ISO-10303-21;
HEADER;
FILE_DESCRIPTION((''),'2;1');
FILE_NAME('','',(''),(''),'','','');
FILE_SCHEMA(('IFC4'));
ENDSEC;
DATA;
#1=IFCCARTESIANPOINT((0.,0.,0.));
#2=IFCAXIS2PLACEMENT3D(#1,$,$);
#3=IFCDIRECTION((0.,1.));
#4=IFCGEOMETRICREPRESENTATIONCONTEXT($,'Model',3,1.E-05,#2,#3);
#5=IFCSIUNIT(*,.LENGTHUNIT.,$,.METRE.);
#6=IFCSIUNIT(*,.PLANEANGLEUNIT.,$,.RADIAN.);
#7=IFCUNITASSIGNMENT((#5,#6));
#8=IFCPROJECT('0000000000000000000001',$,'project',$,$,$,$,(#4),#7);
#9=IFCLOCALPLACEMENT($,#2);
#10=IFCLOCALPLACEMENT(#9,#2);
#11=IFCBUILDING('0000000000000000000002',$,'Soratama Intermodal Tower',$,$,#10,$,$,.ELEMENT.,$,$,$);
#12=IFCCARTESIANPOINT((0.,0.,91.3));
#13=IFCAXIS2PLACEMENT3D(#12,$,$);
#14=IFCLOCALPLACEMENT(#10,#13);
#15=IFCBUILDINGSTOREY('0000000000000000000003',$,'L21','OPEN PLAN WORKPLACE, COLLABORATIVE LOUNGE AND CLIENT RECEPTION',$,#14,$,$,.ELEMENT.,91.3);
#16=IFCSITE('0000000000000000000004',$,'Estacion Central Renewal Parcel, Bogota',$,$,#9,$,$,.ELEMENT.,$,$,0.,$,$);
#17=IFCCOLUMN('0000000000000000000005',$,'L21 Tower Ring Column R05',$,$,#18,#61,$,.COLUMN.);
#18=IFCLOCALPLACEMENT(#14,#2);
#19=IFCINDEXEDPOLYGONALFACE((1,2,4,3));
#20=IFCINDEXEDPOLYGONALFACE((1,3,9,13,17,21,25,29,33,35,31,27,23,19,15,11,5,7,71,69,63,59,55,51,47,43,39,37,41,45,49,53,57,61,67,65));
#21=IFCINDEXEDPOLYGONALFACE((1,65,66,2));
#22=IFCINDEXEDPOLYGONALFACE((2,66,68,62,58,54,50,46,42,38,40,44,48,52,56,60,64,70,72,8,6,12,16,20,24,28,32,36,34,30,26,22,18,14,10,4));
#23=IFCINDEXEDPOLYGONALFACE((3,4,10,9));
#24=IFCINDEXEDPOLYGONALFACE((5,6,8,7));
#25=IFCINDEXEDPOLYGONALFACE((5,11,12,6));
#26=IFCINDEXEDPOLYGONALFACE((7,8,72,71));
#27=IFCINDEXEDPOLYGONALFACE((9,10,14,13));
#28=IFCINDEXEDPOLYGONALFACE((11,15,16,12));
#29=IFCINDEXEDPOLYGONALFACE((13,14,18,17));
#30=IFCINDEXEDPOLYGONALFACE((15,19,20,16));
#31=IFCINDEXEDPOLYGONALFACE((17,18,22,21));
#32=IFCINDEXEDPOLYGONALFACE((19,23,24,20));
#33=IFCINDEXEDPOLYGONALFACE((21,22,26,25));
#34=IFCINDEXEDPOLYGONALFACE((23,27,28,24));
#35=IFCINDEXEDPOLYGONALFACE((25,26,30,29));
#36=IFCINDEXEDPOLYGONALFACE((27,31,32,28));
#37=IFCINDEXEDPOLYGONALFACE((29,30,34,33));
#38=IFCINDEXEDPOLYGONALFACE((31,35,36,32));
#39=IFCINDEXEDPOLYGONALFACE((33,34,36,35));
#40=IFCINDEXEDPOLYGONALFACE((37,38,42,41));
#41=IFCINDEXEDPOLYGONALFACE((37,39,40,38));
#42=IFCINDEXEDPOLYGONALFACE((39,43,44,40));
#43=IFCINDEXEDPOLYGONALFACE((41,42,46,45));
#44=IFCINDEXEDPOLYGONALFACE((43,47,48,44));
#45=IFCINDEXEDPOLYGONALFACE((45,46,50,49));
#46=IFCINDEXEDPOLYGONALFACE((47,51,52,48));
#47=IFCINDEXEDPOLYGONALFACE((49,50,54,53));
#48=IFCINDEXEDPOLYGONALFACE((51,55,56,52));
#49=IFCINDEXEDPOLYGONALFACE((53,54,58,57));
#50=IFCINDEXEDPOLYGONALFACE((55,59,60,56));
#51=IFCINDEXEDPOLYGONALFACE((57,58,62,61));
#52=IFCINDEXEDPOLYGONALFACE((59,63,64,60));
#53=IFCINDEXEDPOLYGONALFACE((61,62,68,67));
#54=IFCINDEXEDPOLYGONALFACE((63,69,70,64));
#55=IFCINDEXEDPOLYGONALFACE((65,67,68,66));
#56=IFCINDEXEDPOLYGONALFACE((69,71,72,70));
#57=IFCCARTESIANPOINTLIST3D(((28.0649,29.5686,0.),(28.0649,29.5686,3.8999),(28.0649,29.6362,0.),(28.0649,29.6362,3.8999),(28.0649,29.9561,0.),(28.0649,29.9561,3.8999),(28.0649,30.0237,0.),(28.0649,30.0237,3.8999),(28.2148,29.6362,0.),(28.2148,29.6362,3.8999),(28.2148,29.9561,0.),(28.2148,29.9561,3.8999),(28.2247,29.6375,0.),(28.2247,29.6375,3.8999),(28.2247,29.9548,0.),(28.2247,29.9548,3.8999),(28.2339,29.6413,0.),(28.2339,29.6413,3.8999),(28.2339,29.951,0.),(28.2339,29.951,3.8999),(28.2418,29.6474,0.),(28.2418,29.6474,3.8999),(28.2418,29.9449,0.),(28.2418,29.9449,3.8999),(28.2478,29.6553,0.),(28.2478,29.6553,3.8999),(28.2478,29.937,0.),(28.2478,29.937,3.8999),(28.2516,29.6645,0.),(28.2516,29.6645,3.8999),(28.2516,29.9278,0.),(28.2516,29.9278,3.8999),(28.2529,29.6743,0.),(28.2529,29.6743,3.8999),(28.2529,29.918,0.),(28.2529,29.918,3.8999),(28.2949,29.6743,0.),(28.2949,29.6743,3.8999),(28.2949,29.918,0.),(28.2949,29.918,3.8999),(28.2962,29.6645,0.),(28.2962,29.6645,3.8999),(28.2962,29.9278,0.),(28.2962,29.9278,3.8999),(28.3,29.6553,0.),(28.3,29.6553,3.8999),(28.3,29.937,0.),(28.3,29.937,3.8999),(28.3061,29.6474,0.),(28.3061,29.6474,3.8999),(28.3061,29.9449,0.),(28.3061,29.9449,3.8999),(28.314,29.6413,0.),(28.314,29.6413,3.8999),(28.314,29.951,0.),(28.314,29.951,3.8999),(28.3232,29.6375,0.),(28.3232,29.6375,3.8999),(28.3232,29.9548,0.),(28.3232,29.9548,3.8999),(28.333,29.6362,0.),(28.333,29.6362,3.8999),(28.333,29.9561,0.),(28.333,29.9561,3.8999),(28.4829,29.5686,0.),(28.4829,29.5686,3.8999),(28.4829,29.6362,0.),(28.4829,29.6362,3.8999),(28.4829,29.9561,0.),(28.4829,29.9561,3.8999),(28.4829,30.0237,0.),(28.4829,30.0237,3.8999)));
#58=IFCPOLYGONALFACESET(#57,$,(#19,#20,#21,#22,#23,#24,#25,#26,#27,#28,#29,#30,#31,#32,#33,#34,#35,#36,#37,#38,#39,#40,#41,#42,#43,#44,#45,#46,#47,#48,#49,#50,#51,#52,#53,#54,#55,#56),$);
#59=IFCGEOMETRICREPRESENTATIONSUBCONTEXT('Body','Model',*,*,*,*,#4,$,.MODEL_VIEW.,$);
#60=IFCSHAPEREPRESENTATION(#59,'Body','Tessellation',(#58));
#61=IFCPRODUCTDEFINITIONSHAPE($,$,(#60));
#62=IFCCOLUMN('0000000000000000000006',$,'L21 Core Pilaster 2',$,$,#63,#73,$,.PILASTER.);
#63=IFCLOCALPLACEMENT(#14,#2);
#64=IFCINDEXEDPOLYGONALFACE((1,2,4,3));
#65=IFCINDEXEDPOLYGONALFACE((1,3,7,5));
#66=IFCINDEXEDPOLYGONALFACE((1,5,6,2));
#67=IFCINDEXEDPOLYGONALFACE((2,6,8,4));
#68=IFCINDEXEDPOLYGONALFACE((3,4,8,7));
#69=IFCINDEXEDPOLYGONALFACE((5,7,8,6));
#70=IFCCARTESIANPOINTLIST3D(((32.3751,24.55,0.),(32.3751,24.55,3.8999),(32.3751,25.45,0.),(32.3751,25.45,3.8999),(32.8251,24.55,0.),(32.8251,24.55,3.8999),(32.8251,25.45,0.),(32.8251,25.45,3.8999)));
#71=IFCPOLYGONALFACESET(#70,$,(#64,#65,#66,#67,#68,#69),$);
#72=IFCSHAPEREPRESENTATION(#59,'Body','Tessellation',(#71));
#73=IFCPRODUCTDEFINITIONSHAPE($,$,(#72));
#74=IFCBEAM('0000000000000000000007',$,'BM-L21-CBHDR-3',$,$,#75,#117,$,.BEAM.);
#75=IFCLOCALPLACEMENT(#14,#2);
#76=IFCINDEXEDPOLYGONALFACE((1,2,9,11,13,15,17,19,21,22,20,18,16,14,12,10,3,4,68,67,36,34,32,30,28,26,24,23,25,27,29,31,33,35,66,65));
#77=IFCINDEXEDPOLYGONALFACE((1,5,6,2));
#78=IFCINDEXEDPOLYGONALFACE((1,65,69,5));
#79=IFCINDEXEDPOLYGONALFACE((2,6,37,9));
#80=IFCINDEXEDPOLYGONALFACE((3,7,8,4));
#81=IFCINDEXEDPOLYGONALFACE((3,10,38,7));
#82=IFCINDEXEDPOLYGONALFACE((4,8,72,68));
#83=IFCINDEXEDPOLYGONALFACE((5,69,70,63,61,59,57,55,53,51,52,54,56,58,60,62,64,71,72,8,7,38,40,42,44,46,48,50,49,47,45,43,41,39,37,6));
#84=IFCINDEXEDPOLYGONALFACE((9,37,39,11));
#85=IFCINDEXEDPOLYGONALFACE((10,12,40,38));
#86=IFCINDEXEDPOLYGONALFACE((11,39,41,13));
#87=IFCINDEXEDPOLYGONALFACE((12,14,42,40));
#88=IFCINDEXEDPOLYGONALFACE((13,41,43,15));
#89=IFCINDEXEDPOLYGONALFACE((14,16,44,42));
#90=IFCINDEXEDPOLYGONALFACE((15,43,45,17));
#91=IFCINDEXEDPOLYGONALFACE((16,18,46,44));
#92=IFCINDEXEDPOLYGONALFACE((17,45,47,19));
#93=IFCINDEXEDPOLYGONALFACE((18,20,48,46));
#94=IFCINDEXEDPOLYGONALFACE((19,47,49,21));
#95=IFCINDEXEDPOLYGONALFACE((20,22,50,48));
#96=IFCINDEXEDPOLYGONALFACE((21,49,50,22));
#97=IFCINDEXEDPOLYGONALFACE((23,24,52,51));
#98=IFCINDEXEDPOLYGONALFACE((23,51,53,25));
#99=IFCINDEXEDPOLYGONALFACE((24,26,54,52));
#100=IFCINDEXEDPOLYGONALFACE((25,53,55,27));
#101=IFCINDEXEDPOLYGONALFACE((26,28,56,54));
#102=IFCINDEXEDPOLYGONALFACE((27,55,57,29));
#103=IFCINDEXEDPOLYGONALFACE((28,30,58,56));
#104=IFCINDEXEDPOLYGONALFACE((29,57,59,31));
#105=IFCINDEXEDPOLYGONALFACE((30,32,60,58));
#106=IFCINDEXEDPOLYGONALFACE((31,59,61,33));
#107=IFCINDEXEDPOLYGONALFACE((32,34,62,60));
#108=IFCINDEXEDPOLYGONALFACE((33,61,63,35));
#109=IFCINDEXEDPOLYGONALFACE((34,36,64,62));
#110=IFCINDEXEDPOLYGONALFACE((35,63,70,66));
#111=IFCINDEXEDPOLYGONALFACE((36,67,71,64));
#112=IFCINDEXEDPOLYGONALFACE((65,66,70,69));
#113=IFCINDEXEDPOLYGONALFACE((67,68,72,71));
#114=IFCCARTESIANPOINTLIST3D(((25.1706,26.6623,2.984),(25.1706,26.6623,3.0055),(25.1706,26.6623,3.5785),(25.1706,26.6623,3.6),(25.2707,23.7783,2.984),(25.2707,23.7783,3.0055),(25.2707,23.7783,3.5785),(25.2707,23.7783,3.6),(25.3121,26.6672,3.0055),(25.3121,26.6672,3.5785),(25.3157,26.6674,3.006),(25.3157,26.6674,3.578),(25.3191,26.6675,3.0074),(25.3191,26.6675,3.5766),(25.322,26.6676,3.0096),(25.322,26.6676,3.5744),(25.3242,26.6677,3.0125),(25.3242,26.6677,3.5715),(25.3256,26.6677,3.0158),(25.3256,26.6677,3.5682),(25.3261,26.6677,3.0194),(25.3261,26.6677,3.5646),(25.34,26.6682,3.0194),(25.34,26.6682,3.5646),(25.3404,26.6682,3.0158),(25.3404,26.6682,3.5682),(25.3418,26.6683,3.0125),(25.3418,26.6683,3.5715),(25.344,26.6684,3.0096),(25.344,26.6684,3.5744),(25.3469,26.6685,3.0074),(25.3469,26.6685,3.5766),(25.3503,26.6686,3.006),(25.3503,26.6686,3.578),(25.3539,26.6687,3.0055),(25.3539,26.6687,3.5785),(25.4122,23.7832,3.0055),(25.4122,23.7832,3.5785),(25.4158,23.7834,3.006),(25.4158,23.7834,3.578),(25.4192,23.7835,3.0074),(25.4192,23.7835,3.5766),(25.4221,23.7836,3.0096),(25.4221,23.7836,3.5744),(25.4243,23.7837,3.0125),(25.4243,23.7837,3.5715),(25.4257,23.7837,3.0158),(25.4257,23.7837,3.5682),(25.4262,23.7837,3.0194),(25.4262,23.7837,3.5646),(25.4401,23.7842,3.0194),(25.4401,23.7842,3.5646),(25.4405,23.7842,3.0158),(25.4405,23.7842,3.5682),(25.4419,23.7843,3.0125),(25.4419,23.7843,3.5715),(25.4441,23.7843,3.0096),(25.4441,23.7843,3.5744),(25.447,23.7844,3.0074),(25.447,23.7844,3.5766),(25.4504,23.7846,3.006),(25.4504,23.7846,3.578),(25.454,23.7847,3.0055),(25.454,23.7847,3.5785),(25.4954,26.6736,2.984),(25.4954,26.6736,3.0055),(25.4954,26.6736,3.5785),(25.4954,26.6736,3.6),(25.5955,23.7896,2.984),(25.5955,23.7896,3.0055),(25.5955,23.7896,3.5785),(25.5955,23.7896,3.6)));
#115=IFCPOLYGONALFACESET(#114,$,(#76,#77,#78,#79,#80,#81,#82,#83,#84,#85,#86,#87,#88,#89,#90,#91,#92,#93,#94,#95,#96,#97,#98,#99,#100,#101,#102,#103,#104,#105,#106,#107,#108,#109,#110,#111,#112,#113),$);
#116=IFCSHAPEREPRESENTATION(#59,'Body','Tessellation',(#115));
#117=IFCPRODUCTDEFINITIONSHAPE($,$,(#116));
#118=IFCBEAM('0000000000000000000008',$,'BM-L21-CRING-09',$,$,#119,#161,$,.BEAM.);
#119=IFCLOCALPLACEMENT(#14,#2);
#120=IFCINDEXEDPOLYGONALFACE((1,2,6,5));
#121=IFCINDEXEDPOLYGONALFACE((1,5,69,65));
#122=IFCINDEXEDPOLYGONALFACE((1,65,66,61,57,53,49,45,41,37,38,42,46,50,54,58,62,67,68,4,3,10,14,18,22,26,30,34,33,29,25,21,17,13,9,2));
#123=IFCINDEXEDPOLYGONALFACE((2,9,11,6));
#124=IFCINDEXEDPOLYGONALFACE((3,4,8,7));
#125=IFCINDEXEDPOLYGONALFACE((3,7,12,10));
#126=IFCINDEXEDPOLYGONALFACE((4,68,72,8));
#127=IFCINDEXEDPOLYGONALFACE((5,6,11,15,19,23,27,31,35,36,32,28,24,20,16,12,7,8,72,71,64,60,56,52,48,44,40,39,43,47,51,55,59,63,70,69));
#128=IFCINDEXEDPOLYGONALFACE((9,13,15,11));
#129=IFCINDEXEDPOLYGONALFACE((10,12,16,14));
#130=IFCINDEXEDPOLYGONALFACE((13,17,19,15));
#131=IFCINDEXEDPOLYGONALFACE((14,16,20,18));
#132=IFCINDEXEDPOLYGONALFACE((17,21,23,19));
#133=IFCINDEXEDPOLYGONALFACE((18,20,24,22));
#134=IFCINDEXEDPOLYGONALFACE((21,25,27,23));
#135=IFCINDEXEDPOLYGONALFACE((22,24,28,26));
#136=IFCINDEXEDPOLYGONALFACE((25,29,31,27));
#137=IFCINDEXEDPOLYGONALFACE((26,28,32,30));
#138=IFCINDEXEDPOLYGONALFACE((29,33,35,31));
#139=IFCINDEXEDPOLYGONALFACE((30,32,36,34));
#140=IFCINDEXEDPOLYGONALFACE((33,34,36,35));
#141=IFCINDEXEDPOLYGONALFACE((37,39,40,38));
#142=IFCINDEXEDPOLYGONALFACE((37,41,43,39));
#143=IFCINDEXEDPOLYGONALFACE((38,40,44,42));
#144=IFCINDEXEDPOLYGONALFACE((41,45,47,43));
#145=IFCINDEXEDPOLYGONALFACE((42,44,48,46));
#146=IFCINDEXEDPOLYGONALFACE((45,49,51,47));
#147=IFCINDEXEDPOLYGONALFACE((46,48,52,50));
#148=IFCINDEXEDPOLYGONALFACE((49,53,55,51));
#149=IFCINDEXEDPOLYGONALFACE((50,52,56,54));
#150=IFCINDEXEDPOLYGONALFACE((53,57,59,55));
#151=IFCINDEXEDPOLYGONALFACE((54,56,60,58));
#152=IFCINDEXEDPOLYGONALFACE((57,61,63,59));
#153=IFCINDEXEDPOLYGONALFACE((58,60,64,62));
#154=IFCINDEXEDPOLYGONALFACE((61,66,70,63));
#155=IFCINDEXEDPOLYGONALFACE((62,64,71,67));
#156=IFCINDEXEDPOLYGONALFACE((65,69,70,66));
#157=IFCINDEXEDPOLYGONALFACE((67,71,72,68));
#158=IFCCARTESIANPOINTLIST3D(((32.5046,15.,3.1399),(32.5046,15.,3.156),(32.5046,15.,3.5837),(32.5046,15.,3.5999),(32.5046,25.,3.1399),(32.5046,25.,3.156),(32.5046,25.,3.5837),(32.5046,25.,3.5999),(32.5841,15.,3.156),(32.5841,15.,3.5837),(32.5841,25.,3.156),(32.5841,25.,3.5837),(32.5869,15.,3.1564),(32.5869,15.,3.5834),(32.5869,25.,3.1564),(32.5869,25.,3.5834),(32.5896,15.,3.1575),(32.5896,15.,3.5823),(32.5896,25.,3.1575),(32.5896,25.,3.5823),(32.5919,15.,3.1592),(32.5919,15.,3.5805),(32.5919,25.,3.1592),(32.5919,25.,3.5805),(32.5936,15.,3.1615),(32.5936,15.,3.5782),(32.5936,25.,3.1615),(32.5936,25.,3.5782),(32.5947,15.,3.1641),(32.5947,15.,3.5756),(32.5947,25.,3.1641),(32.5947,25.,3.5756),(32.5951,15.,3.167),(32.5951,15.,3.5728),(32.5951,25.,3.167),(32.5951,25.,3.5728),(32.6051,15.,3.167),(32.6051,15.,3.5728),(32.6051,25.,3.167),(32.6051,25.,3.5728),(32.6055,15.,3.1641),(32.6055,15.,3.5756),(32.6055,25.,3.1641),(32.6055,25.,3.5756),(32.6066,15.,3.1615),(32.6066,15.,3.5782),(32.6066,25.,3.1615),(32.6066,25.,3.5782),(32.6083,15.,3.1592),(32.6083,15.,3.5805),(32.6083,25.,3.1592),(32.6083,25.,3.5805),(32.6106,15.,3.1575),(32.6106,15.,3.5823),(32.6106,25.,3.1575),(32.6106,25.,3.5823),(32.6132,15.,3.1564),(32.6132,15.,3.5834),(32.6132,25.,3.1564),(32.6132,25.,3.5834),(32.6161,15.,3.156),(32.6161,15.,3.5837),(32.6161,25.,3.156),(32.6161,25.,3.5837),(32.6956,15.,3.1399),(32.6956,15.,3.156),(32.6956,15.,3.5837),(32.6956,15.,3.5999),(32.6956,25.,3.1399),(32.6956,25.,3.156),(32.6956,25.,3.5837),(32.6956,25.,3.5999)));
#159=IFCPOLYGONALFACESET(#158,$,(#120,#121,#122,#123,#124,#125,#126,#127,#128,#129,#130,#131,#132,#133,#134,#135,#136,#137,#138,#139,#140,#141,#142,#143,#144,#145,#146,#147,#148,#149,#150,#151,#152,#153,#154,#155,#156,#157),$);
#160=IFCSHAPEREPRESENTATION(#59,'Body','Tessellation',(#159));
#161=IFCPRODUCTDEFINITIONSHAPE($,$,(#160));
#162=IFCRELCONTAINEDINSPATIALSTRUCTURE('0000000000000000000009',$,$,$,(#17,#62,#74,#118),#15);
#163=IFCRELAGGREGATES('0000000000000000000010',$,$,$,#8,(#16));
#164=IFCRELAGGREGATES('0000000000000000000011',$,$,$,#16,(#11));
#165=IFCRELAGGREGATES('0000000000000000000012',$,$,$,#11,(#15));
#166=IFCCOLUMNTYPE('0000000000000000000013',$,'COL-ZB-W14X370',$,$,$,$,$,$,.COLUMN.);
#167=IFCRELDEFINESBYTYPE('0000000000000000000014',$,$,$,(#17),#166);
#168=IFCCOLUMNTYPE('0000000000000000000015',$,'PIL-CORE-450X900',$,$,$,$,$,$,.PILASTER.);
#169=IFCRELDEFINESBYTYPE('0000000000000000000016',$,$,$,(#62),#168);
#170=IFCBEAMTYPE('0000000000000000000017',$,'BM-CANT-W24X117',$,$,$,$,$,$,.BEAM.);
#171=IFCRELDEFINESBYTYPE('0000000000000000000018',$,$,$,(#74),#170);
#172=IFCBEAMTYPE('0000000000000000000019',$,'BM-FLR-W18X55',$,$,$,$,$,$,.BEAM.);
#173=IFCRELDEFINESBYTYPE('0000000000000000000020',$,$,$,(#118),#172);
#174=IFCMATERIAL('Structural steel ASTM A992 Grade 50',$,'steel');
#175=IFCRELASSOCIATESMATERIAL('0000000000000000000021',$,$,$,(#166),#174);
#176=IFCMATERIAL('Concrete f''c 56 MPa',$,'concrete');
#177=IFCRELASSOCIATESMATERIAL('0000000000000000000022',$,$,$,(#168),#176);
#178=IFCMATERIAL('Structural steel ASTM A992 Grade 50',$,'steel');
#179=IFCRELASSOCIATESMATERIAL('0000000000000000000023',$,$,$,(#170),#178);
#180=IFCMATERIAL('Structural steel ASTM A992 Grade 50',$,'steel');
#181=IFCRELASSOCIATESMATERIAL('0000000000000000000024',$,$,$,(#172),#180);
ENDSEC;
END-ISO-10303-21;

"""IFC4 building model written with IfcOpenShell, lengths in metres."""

from ifc_helpers import new_model, si_unit, direction, frame, origin, origin_2d, place, context, subcontext, project, spatial, rectangle, i_section, extrude, material, material_profile, profile_set, type_object, element, save


model = new_model("IFC4")

# Units and contexts
model_context = context("Model", 3, precision=1e-05, world=origin(), true_north=direction((0.0, 1.0)))
body_context = subcontext(model_context, "Body", "Model", "MODEL_VIEW")
ifc_project = project(units=[si_unit("LENGTHUNIT", "METRE"), si_unit("PLANEANGLEUNIT", "RADIAN")], contexts=[model_context])

# Site, building, storey
site_placement = place(None, origin())
site = spatial("IfcSite", under=ifc_project, at=site_placement, Name="Estacion Central Renewal Parcel, Bogota", CompositionType="ELEMENT", RefElevation=0.0)
building_placement = place(site_placement, origin())
building = spatial("IfcBuilding", under=site, at=building_placement, Name="Soratama Intermodal Tower", CompositionType="ELEMENT")
storey_placement = place(building_placement, frame((0.0, 0.0, 91.3)))
storey = spatial("IfcBuildingStorey", under=building, at=storey_placement, Name="L21", Description="OPEN PLAN WORKPLACE, COLLABORATIVE LOUNGE AND CLIENT RECEPTION", CompositionType="ELEMENT", Elevation=91.3)

# Columns
ifc_material_1 = material(Name="Structural steel ASTM A992 Grade 50", Category="steel")
ifc_material_profile_1 = material_profile(ifc_material_1, i_section(OverallWidth=0.418, OverallDepth=0.4551, WebThickness=0.042, FlangeThickness=0.0676, FilletRadius=0.0381, at=origin_2d()), Name="W14X370")
ifc_profile_set_1 = profile_set([ifc_material_profile_1], Name="Structural steel ASTM A992 Grade 50")
column_type_1 = type_object("IfcColumnType", Name="COL-ZB-W14X370", PredefinedType="COLUMN", material=ifc_profile_set_1)
column_1_placement = place(storey_placement, frame((28.2739, 29.7961, 0.0), z_axis=(0.0, 0.0, 1.0), x_axis=(1.0, 0.0, 0.0)))
element("IfcColumn", 1, at=column_1_placement, inside=storey, type_object=column_type_1, Name="L21 Tower Ring Column R05", PredefinedType="COLUMN", context=body_context, shape_type="SweptSolid", body=[
    extrude(i_section(OverallWidth=0.418, OverallDepth=0.4551, WebThickness=0.042, FlangeThickness=0.0676, FilletRadius=0.0381, at=origin_2d()), origin(), (0.0, 0.0, 1.0), 3.8999),
])
ifc_material_2 = material(Name="Concrete f'c 56 MPa", Category="concrete")
ifc_material_profile_2 = material_profile(ifc_material_2, rectangle(XDim=0.45, YDim=0.8999, at=origin_2d()), Name="RC450X900")
ifc_profile_set_2 = profile_set([ifc_material_profile_2], Name="Concrete f'c 56 MPa")
column_type_2 = type_object("IfcColumnType", Name="PIL-CORE-450X900", PredefinedType="PILASTER", material=ifc_profile_set_2)
column_2_placement = place(storey_placement, frame((32.6001, 25.0, 0.0), z_axis=(0.0, 0.0, 1.0), x_axis=(1.0, 0.0, 0.0)))
element("IfcColumn", 2, at=column_2_placement, inside=storey, type_object=column_type_2, Name="L21 Core Pilaster 2", PredefinedType="PILASTER", context=body_context, shape_type="SweptSolid", body=[
    extrude(rectangle(XDim=0.45, YDim=0.8999, at=origin_2d()), origin(), (0.0, 0.0, 1.0), 3.8999),
])

# Beams
ifc_material_3 = material(Name="Structural steel ASTM A992 Grade 50", Category="steel")
ifc_material_profile_3 = material_profile(ifc_material_3, i_section(OverallWidth=0.325, OverallDepth=0.616, WebThickness=0.0139, FlangeThickness=0.0215, FilletRadius=0.0139, at=origin_2d()), Name="W24X117")
ifc_profile_set_3 = profile_set([ifc_material_profile_3], Name="Structural steel ASTM A992 Grade 50")
beam_type_1 = type_object("IfcBeamType", Name="BM-CANT-W24X117", PredefinedType="BEAM", material=ifc_profile_set_3)
beam_1_placement = place(storey_placement, frame((25.333, 26.668, 3.292), z_axis=(0.034687, -0.999398, 0.0), x_axis=(0.999398, 0.034687, 0.0)))
element("IfcBeam", 3, at=beam_1_placement, inside=storey, type_object=beam_type_1, Name="BM-L21-CBHDR-3", PredefinedType="BEAM", context=body_context, shape_type="SweptSolid", body=[
    extrude(i_section(OverallWidth=0.325, OverallDepth=0.616, WebThickness=0.0139, FlangeThickness=0.0215, FilletRadius=0.0139, at=origin_2d()), origin(), (0.0, 0.0, 1.0), 2.8857),
])
ifc_material_4 = material(Name="Structural steel ASTM A992 Grade 50", Category="steel")
ifc_material_profile_4 = material_profile(ifc_material_4, i_section(OverallWidth=0.1909, OverallDepth=0.46, WebThickness=0.01, FlangeThickness=0.0161, FilletRadius=0.011, at=origin_2d()), Name="W18X55")
ifc_profile_set_4 = profile_set([ifc_material_profile_4], Name="Structural steel ASTM A992 Grade 50")
beam_type_2 = type_object("IfcBeamType", Name="BM-FLR-W18X55", PredefinedType="BEAM", material=ifc_profile_set_4)
beam_2_placement = place(storey_placement, frame((32.6001, 25.0, 3.3699), z_axis=(0.0, -1.0, 0.0), x_axis=(1.0, 0.0, 0.0)))
element("IfcBeam", 4, at=beam_2_placement, inside=storey, type_object=beam_type_2, Name="BM-L21-CRING-09", PredefinedType="BEAM", context=body_context, shape_type="SweptSolid", body=[
    extrude(i_section(OverallWidth=0.1909, OverallDepth=0.46, WebThickness=0.01, FlangeThickness=0.0161, FilletRadius=0.011, at=origin_2d()), origin(), (0.0, 0.0, 1.0), 10.0),
])

save(model, "model.ifc")
